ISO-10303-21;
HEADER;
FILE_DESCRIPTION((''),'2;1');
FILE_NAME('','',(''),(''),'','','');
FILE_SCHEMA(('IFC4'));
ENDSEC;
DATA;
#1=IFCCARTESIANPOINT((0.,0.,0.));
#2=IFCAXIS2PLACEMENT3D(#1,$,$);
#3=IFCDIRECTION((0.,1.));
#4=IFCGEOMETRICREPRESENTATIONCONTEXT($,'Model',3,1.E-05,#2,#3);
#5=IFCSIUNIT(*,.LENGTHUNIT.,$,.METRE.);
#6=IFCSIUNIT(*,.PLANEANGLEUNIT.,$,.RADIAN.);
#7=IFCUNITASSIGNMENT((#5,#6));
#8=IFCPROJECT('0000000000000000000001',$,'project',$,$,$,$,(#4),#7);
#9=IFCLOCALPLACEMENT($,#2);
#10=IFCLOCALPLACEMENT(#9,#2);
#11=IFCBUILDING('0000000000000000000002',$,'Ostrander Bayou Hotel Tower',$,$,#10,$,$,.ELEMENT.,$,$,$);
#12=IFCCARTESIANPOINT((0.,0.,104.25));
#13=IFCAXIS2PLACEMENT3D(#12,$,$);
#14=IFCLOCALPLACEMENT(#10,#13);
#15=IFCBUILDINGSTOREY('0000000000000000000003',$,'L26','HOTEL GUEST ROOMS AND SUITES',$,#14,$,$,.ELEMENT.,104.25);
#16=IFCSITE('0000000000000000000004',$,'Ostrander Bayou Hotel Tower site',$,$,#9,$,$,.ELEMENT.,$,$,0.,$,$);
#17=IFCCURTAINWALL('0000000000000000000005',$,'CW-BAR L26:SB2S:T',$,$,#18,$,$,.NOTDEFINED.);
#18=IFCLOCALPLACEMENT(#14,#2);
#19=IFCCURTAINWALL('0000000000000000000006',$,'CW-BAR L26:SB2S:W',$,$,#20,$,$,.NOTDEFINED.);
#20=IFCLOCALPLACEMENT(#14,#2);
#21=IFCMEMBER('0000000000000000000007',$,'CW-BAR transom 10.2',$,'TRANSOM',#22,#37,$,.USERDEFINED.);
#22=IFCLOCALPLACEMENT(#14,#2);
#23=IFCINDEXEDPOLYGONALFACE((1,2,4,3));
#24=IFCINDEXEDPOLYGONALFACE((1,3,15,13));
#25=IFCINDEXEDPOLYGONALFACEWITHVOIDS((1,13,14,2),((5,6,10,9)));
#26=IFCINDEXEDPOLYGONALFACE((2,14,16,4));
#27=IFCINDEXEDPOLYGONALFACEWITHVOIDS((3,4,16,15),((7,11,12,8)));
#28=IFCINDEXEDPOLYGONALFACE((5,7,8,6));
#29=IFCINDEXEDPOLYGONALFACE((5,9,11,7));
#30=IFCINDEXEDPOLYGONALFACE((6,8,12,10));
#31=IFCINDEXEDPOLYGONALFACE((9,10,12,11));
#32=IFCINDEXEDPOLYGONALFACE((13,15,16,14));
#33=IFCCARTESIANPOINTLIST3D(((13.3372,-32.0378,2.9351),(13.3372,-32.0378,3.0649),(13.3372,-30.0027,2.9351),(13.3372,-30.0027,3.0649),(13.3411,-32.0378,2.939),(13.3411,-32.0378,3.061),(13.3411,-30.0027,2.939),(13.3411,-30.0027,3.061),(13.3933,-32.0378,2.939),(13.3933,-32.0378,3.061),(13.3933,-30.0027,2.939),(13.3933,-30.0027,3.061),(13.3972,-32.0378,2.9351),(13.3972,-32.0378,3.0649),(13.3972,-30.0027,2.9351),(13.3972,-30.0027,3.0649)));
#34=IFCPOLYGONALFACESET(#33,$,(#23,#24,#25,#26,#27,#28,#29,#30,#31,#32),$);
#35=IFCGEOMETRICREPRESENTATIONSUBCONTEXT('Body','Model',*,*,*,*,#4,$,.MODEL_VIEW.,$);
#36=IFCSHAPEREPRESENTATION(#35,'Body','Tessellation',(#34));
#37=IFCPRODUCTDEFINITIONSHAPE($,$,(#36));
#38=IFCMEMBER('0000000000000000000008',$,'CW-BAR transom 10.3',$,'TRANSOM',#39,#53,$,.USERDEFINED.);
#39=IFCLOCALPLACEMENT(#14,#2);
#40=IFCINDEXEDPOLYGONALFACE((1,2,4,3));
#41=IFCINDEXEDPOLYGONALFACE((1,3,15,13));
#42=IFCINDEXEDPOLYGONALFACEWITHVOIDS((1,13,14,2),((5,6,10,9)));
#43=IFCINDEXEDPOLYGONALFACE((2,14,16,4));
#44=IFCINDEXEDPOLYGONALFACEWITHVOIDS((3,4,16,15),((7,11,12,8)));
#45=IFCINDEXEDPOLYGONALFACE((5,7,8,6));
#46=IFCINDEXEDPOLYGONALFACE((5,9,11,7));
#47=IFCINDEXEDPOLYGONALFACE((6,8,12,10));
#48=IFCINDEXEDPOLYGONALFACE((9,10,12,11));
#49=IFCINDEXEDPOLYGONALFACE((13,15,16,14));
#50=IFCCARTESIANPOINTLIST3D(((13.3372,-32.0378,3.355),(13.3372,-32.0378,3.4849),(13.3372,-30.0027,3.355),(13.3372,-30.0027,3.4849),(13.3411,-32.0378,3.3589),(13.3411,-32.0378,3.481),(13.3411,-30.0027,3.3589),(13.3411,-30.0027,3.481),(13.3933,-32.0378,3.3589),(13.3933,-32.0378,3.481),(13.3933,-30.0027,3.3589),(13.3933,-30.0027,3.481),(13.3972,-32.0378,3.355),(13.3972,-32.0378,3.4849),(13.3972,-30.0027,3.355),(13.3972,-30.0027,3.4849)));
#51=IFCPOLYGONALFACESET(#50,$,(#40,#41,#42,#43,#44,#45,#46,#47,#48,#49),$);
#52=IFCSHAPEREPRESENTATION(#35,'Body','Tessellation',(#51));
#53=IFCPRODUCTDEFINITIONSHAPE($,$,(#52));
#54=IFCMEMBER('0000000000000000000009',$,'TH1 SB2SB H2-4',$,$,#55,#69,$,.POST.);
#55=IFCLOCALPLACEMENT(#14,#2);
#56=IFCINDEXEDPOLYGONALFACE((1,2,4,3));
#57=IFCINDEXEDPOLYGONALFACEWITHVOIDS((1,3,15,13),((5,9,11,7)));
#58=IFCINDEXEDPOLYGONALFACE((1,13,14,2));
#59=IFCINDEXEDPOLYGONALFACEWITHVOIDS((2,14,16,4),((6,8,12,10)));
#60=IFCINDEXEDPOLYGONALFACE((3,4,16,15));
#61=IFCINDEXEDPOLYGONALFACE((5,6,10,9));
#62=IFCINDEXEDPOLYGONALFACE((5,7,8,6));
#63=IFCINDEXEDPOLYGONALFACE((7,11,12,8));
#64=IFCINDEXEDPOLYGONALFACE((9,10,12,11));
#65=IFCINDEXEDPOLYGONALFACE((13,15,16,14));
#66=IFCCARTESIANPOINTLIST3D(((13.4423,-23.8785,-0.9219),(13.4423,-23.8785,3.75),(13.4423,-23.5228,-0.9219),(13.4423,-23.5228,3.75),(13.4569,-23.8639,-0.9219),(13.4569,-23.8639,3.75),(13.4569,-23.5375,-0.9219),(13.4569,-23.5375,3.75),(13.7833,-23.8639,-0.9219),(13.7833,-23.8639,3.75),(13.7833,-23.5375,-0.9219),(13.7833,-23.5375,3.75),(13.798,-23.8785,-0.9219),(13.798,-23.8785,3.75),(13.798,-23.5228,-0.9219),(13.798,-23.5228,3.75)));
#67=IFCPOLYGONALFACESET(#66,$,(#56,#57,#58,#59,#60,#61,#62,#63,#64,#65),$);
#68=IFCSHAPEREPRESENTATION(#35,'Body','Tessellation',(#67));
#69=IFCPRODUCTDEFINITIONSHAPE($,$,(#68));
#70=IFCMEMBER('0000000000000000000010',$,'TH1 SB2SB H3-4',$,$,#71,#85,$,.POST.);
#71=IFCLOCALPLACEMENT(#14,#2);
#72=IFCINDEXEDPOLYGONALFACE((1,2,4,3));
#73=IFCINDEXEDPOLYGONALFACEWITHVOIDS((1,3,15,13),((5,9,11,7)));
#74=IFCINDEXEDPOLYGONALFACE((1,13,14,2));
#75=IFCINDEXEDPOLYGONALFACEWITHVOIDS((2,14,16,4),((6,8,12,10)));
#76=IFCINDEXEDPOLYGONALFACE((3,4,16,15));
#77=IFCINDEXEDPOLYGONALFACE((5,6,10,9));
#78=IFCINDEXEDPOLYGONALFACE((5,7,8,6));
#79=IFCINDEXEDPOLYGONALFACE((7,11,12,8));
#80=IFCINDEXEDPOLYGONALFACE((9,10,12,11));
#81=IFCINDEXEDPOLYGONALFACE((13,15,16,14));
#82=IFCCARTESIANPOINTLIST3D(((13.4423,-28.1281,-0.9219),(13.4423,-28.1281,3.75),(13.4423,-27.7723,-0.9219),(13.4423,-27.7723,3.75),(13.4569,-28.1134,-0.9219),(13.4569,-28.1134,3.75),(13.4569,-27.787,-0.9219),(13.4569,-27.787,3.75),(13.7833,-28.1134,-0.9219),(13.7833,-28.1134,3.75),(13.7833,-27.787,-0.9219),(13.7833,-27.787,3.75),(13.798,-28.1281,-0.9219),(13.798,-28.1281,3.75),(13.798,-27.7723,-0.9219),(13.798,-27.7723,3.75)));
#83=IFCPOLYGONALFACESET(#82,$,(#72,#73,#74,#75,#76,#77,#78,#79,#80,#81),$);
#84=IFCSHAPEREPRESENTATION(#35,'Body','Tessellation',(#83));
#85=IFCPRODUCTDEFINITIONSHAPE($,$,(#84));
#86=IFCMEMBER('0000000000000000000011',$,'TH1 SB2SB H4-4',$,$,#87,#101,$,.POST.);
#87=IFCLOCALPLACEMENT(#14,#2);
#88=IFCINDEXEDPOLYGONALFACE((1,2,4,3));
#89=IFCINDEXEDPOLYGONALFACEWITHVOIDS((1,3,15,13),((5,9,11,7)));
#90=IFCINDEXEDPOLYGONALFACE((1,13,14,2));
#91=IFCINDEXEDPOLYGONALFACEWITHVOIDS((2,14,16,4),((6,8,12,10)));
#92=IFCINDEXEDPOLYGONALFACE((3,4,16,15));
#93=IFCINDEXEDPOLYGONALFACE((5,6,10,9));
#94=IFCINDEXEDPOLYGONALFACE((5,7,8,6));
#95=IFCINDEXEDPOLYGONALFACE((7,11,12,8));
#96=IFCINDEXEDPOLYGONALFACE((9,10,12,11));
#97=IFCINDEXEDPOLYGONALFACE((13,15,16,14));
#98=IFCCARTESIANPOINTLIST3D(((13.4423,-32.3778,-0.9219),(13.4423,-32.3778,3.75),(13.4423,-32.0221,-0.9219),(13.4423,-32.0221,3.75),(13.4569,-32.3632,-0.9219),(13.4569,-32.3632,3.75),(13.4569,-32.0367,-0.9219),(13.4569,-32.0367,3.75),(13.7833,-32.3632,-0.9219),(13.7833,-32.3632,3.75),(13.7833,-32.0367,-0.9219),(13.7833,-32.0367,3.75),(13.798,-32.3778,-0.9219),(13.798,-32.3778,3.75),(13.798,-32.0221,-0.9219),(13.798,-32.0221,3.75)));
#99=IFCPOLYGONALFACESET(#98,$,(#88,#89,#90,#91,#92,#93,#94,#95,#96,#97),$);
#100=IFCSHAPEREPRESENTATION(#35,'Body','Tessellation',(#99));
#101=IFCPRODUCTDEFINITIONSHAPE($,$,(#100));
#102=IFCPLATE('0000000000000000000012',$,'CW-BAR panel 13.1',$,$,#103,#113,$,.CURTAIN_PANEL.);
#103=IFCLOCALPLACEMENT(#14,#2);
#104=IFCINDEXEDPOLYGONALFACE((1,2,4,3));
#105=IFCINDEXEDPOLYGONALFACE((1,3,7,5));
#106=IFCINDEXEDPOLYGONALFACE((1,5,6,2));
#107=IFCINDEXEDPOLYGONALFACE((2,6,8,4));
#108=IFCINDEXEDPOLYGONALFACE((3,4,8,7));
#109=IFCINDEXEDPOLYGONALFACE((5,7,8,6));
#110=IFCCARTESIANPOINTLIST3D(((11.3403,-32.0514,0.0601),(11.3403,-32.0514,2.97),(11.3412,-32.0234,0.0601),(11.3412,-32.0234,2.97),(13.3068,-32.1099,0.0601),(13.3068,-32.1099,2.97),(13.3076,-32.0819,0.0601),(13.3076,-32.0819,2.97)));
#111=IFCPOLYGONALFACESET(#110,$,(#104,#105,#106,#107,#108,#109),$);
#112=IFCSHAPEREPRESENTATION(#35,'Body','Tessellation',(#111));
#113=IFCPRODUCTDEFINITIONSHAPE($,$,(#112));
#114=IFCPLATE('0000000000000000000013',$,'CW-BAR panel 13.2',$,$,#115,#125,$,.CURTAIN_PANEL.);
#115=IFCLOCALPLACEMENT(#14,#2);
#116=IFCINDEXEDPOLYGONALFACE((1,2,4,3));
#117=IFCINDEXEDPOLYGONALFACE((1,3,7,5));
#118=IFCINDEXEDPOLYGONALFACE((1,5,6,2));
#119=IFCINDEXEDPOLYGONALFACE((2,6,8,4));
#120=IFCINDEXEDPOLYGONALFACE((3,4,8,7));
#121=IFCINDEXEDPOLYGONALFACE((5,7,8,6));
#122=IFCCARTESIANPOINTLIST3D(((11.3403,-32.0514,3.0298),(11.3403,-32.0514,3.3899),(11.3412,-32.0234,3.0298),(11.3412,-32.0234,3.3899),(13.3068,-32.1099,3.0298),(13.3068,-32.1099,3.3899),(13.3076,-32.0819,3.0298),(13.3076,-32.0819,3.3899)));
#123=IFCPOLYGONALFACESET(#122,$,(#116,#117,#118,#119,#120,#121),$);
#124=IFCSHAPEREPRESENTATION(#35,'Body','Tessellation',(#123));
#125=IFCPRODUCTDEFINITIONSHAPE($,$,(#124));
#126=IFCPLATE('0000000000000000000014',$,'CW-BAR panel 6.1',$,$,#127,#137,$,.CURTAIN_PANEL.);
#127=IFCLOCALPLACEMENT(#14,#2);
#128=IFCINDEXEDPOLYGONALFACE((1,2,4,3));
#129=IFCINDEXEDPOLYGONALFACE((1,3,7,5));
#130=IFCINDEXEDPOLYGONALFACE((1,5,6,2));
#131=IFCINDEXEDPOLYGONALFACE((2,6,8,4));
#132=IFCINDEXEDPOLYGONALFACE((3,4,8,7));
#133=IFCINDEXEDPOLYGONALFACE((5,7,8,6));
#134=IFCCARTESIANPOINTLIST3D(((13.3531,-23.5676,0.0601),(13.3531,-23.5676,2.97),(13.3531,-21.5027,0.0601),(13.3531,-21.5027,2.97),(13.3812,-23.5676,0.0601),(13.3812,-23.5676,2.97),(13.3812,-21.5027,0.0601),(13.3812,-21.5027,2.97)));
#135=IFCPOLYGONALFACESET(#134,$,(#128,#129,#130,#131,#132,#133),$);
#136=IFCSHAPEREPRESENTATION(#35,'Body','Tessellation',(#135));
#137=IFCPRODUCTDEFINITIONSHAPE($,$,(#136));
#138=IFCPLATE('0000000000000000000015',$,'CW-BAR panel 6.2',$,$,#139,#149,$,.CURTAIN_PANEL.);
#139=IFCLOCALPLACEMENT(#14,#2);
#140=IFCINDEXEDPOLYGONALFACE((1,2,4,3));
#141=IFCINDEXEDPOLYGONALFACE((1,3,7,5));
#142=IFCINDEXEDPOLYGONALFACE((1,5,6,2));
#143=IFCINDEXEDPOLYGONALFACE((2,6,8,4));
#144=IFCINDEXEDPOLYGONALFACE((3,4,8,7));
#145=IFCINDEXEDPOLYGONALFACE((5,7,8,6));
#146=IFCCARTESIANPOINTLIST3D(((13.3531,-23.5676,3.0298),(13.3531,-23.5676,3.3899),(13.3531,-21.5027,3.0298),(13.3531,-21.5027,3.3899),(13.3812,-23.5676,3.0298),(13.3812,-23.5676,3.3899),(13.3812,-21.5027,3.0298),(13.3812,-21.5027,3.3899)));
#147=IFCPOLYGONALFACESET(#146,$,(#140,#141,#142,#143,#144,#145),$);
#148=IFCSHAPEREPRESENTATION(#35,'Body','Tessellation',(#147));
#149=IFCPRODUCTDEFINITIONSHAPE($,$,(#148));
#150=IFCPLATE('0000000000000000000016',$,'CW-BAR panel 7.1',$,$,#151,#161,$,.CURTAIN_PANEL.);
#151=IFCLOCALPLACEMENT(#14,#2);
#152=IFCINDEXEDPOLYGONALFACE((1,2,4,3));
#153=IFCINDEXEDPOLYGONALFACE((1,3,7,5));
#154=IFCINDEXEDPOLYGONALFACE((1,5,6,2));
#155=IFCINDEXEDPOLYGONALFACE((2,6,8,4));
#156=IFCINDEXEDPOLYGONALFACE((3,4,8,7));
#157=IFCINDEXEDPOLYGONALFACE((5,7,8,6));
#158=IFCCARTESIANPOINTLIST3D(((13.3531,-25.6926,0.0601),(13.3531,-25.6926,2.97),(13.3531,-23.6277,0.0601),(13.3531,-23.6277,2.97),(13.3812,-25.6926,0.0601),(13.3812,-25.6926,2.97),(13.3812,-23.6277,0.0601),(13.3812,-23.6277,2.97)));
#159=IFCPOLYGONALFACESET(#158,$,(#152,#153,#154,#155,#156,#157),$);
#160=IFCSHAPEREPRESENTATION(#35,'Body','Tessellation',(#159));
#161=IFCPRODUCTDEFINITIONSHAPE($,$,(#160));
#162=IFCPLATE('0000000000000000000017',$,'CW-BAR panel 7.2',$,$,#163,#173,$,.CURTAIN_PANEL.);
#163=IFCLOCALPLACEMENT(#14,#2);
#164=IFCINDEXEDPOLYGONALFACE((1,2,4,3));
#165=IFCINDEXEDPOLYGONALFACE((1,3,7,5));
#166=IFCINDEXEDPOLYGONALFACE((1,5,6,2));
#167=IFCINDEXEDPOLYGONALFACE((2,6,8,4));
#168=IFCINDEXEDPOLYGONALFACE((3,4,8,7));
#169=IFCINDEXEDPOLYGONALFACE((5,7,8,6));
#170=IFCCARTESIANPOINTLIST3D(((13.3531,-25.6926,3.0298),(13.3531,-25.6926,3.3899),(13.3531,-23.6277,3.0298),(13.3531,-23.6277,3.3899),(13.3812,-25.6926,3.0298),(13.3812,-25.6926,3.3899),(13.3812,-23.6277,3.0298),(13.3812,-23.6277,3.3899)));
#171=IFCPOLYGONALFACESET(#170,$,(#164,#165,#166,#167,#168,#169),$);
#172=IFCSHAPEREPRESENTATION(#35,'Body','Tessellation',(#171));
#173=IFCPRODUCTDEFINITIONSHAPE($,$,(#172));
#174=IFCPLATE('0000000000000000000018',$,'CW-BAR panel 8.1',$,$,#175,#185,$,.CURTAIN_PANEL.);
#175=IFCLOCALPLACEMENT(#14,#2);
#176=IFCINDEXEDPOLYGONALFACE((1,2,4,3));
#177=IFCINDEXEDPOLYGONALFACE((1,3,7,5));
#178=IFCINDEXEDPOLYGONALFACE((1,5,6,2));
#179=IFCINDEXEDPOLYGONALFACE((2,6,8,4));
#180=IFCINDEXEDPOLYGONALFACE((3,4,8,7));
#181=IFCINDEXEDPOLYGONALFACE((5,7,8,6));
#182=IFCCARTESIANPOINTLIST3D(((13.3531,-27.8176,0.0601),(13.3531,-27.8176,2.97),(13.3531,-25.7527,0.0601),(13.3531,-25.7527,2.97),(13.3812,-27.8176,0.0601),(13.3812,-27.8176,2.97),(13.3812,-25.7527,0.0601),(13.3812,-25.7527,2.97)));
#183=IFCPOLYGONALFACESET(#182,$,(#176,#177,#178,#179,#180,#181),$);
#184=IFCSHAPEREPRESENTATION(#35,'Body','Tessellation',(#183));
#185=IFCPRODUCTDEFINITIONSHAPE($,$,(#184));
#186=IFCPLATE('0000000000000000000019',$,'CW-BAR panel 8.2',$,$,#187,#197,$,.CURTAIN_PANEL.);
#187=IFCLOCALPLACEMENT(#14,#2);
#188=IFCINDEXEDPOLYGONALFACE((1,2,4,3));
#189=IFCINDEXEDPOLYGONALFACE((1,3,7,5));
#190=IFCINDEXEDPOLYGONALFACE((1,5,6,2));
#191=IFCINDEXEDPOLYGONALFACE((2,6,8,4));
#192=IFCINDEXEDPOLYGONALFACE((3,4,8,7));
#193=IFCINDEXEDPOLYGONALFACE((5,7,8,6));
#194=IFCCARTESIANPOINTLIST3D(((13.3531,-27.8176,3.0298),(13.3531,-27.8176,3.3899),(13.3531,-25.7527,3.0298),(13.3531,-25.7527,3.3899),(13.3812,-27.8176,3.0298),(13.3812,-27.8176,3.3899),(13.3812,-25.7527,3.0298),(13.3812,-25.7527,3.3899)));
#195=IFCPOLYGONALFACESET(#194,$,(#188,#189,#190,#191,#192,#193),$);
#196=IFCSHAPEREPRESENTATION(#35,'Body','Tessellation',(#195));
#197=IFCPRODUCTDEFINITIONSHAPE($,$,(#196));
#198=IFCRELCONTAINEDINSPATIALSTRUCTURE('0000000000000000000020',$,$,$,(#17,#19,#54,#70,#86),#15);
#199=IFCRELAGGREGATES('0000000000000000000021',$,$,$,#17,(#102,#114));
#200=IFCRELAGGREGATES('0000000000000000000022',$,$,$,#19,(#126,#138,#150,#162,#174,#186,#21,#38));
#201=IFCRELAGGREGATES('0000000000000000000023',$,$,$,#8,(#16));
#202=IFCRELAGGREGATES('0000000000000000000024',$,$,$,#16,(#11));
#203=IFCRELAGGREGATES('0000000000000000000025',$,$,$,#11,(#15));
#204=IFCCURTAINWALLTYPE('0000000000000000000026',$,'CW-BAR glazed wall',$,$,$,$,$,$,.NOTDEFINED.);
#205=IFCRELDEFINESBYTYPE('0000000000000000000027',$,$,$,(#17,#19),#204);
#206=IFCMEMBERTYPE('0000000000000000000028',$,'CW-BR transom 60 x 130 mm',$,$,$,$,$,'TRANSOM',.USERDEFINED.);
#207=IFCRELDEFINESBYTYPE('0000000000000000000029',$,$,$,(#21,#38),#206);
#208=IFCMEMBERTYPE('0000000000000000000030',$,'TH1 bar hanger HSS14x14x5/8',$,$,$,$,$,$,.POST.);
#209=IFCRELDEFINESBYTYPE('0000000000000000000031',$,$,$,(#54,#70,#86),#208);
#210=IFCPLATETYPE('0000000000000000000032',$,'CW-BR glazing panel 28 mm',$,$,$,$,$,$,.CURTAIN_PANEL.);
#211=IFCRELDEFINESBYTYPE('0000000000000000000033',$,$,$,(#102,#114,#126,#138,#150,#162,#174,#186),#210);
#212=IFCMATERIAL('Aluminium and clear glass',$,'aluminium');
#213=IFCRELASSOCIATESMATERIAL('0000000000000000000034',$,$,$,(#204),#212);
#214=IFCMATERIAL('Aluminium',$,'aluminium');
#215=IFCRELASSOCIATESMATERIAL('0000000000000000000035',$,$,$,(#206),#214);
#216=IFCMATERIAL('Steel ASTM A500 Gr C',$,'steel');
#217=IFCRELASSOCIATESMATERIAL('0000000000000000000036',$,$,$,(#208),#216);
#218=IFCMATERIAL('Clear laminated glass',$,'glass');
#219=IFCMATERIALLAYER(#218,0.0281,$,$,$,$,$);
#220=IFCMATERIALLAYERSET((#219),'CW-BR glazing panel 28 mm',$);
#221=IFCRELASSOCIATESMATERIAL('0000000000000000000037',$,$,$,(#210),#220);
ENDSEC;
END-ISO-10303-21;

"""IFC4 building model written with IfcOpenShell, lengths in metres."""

from ifc_helpers import new_model, si_unit, direction, frame, origin, origin_2d, place, context, subcontext, project, spatial, rectangle, hollow_rectangle, extrude, material, layer, layer_set, material_profile, profile_set, type_object, element, aggregate, save


model = new_model("IFC4")

# Units and contexts
model_context = context("Model", 3, precision=1e-05, world=origin(), true_north=direction((0.0, 1.0)))
body_context = subcontext(model_context, "Body", "Model", "MODEL_VIEW")
ifc_project = project(units=[si_unit("LENGTHUNIT", "METRE"), si_unit("PLANEANGLEUNIT", "RADIAN")], contexts=[model_context])

# Site, building, storey
site_placement = place(None, origin())
site = spatial("IfcSite", under=ifc_project, at=site_placement, Name="Ostrander Bayou Hotel Tower site", CompositionType="ELEMENT", RefElevation=0.0)
building_placement = place(site_placement, origin())
building = spatial("IfcBuilding", under=site, at=building_placement, Name="Ostrander Bayou Hotel Tower", CompositionType="ELEMENT")
storey_placement = place(building_placement, frame((0.0, 0.0, 104.25)))
storey = spatial("IfcBuildingStorey", under=building, at=storey_placement, Name="L26", Description="HOTEL GUEST ROOMS AND SUITES", CompositionType="ELEMENT", Elevation=104.25)

# Curtain wall
ifc_material_1 = material(Name="Aluminium and clear glass", Category="aluminium")
curtain_wall_type = type_object("IfcCurtainWallType", Name="CW-BAR glazed wall", PredefinedType="NOTDEFINED", material=ifc_material_1)
curtain_wall_1_placement = place(storey_placement, origin())
curtain_wall_1 = element("IfcCurtainWall", 1, at=curtain_wall_1_placement, inside=storey, type_object=curtain_wall_type, Name="CW-BAR L26:SB2S:T", PredefinedType="NOTDEFINED")

# Curtain wall
curtain_wall_2_placement = place(storey_placement, origin())
curtain_wall_2 = element("IfcCurtainWall", 2, at=curtain_wall_2_placement, inside=storey, type_object=curtain_wall_type, Name="CW-BAR L26:SB2S:W", PredefinedType="NOTDEFINED")

# Members
ifc_material_2 = material(Name="Aluminium", Category="aluminium")
ifc_material_profile_1 = material_profile(ifc_material_2, hollow_rectangle(XDim=0.0601, YDim=0.1299, WallThickness=0.0039, at=origin_2d()))
ifc_profile_set_1 = profile_set([ifc_material_profile_1], Name="Aluminium")
member_type_1 = type_object("IfcMemberType", Name="CW-BR transom 60 x 130 mm", ElementType="TRANSOM", PredefinedType="USERDEFINED", material=ifc_profile_set_1)
member_1_placement = place(storey_placement, frame((13.3672, -30.0027, 3.0), z_axis=(0.0, -1.0, 0.0), x_axis=(1.0, 0.0, 0.0)))
member_1 = element("IfcMember", 3, at=member_1_placement, type_object=member_type_1, Name="CW-BAR transom 10.2", ObjectType="TRANSOM", PredefinedType="USERDEFINED", context=body_context, shape_type="SweptSolid", body=[
    extrude(hollow_rectangle(XDim=0.0601, YDim=0.1299, WallThickness=0.0039, at=origin_2d()), origin(), (0.0, 0.0, 1.0), 2.0352),
])
member_2_placement = place(storey_placement, frame((13.3672, -30.0027, 3.4199), z_axis=(0.0, -1.0, 0.0), x_axis=(1.0, 0.0, 0.0)))
member_2 = element("IfcMember", 4, at=member_2_placement, type_object=member_type_1, Name="CW-BAR transom 10.3", ObjectType="TRANSOM", PredefinedType="USERDEFINED", context=body_context, shape_type="SweptSolid", body=[
    extrude(hollow_rectangle(XDim=0.0601, YDim=0.1299, WallThickness=0.0039, at=origin_2d()), origin(), (0.0, 0.0, 1.0), 2.0352),
])

# Members
ifc_material_3 = material(Name="Steel ASTM A500 Gr C", Category="steel")
ifc_material_profile_2 = material_profile(ifc_material_3, hollow_rectangle(XDim=0.3557, YDim=0.3557, WallThickness=0.0146, at=origin_2d()))
ifc_profile_set_2 = profile_set([ifc_material_profile_2], Name="Steel ASTM A500 Gr C")
member_type_2 = type_object("IfcMemberType", Name="TH1 bar hanger HSS14x14x5/8", PredefinedType="POST", material=ifc_profile_set_2)
for number, where, z_axis, x_axis, name in (
    (5, (13.6201, -23.7007, -0.9219), (0.0, 0.0, 1.0), (1.0, 0.0, 0.0), "TH1 SB2SB H2-4"),
    (6, (13.6201, -27.9502, -0.9219), (0.0, 0.0, 1.0), (1.0, 0.0, 0.0), "TH1 SB2SB H3-4"),
    (7, (13.6201, -32.2, -0.9219), (0.0, 0.0, 1.0), (1.0, 0.0, 0.0), "TH1 SB2SB H4-4"),
):
    element("IfcMember", number, at=place(storey_placement, frame(where, z_axis=z_axis, x_axis=x_axis)), inside=storey, type_object=member_type_2, Name=name, PredefinedType="POST", context=body_context, shape_type="SweptSolid", body=[
        extrude(hollow_rectangle(XDim=0.3557, YDim=0.3557, WallThickness=0.0146, at=origin_2d()), origin(), (0.0, 0.0, 1.0), 4.6719),
    ])

# Plates
ifc_material_4 = material(Name="Clear laminated glass", Category="glass")
ifc_layer = layer(ifc_material_4, 0.0281)
ifc_layer_set = layer_set([ifc_layer], Name="CW-BR glazing panel 28 mm")
plate_type = type_object("IfcPlateType", Name="CW-BR glazing panel 28 mm", PredefinedType="CURTAIN_PANEL", material=ifc_layer_set)
plate_1_placement = place(storey_placement, frame((12.324, -32.0667, 0.0601), z_axis=(0.0, 0.0, 1.0), x_axis=(0.999557, -0.029746, 0.0)))
plate_1 = element("IfcPlate", 8, at=plate_1_placement, type_object=plate_type, Name="CW-BAR panel 13.1", PredefinedType="CURTAIN_PANEL", context=body_context, shape_type="SweptSolid", body=[
    extrude(rectangle(XDim=1.9673, YDim=0.0281, at=origin_2d()), origin(), (0.0, 0.0, 1.0), 2.9099),
])
plate_2_placement = place(storey_placement, frame((12.324, -32.0667, 3.0298), z_axis=(0.0, 0.0, 1.0), x_axis=(0.999557, -0.029746, 0.0)))
plate_2 = element("IfcPlate", 9, at=plate_2_placement, type_object=plate_type, Name="CW-BAR panel 13.2", PredefinedType="CURTAIN_PANEL", context=body_context, shape_type="SweptSolid", body=[
    extrude(rectangle(XDim=1.9673, YDim=0.0281, at=origin_2d()), origin(), (0.0, 0.0, 1.0), 0.3601),
])
aggregate(curtain_wall_1, [plate_1, plate_2])
plate_3_placement = place(storey_placement, frame((13.3672, -22.5352, 0.0601), z_axis=(0.0, 0.0, 1.0), x_axis=(0.0, -1.0, 0.0)))
plate_3 = element("IfcPlate", 10, at=plate_3_placement, type_object=plate_type, Name="CW-BAR panel 6.1", PredefinedType="CURTAIN_PANEL", context=body_context, shape_type="SweptSolid", body=[
    extrude(rectangle(XDim=2.0649, YDim=0.0281, at=origin_2d()), origin(), (0.0, 0.0, 1.0), 2.9099),
])
plate_4_placement = place(storey_placement, frame((13.3672, -22.5352, 3.0298), z_axis=(0.0, 0.0, 1.0), x_axis=(0.0, -1.0, 0.0)))
plate_4 = element("IfcPlate", 11, at=plate_4_placement, type_object=plate_type, Name="CW-BAR panel 6.2", PredefinedType="CURTAIN_PANEL", context=body_context, shape_type="SweptSolid", body=[
    extrude(rectangle(XDim=2.0649, YDim=0.0281, at=origin_2d()), origin(), (0.0, 0.0, 1.0), 0.3601),
])
plate_5_placement = place(storey_placement, frame((13.3672, -24.6602, 0.0601), z_axis=(0.0, 0.0, 1.0), x_axis=(0.0, -1.0, 0.0)))
plate_5 = element("IfcPlate", 12, at=plate_5_placement, type_object=plate_type, Name="CW-BAR panel 7.1", PredefinedType="CURTAIN_PANEL", context=body_context, shape_type="SweptSolid", body=[
    extrude(rectangle(XDim=2.0649, YDim=0.0281, at=origin_2d()), origin(), (0.0, 0.0, 1.0), 2.9099),
])
plate_6_placement = place(storey_placement, frame((13.3672, -24.6602, 3.0298), z_axis=(0.0, 0.0, 1.0), x_axis=(0.0, -1.0, 0.0)))
plate_6 = element("IfcPlate", 13, at=plate_6_placement, type_object=plate_type, Name="CW-BAR panel 7.2", PredefinedType="CURTAIN_PANEL", context=body_context, shape_type="SweptSolid", body=[
    extrude(rectangle(XDim=2.0649, YDim=0.0281, at=origin_2d()), origin(), (0.0, 0.0, 1.0), 0.3601),
])
plate_7_placement = place(storey_placement, frame((13.3672, -26.7852, 0.0601), z_axis=(0.0, 0.0, 1.0), x_axis=(0.0, -1.0, 0.0)))
plate_7 = element("IfcPlate", 14, at=plate_7_placement, type_object=plate_type, Name="CW-BAR panel 8.1", PredefinedType="CURTAIN_PANEL", context=body_context, shape_type="SweptSolid", body=[
    extrude(rectangle(XDim=2.0649, YDim=0.0281, at=origin_2d()), origin(), (0.0, 0.0, 1.0), 2.9099),
])
plate_8_placement = place(storey_placement, frame((13.3672, -26.7852, 3.0298), z_axis=(0.0, 0.0, 1.0), x_axis=(0.0, -1.0, 0.0)))
plate_8 = element("IfcPlate", 15, at=plate_8_placement, type_object=plate_type, Name="CW-BAR panel 8.2", PredefinedType="CURTAIN_PANEL", context=body_context, shape_type="SweptSolid", body=[
    extrude(rectangle(XDim=2.0649, YDim=0.0281, at=origin_2d()), origin(), (0.0, 0.0, 1.0), 0.3601),
])
aggregate(curtain_wall_2, [plate_3, plate_4, plate_5, plate_6, plate_7, plate_8, member_1, member_2])

save(model, "model.ifc")
